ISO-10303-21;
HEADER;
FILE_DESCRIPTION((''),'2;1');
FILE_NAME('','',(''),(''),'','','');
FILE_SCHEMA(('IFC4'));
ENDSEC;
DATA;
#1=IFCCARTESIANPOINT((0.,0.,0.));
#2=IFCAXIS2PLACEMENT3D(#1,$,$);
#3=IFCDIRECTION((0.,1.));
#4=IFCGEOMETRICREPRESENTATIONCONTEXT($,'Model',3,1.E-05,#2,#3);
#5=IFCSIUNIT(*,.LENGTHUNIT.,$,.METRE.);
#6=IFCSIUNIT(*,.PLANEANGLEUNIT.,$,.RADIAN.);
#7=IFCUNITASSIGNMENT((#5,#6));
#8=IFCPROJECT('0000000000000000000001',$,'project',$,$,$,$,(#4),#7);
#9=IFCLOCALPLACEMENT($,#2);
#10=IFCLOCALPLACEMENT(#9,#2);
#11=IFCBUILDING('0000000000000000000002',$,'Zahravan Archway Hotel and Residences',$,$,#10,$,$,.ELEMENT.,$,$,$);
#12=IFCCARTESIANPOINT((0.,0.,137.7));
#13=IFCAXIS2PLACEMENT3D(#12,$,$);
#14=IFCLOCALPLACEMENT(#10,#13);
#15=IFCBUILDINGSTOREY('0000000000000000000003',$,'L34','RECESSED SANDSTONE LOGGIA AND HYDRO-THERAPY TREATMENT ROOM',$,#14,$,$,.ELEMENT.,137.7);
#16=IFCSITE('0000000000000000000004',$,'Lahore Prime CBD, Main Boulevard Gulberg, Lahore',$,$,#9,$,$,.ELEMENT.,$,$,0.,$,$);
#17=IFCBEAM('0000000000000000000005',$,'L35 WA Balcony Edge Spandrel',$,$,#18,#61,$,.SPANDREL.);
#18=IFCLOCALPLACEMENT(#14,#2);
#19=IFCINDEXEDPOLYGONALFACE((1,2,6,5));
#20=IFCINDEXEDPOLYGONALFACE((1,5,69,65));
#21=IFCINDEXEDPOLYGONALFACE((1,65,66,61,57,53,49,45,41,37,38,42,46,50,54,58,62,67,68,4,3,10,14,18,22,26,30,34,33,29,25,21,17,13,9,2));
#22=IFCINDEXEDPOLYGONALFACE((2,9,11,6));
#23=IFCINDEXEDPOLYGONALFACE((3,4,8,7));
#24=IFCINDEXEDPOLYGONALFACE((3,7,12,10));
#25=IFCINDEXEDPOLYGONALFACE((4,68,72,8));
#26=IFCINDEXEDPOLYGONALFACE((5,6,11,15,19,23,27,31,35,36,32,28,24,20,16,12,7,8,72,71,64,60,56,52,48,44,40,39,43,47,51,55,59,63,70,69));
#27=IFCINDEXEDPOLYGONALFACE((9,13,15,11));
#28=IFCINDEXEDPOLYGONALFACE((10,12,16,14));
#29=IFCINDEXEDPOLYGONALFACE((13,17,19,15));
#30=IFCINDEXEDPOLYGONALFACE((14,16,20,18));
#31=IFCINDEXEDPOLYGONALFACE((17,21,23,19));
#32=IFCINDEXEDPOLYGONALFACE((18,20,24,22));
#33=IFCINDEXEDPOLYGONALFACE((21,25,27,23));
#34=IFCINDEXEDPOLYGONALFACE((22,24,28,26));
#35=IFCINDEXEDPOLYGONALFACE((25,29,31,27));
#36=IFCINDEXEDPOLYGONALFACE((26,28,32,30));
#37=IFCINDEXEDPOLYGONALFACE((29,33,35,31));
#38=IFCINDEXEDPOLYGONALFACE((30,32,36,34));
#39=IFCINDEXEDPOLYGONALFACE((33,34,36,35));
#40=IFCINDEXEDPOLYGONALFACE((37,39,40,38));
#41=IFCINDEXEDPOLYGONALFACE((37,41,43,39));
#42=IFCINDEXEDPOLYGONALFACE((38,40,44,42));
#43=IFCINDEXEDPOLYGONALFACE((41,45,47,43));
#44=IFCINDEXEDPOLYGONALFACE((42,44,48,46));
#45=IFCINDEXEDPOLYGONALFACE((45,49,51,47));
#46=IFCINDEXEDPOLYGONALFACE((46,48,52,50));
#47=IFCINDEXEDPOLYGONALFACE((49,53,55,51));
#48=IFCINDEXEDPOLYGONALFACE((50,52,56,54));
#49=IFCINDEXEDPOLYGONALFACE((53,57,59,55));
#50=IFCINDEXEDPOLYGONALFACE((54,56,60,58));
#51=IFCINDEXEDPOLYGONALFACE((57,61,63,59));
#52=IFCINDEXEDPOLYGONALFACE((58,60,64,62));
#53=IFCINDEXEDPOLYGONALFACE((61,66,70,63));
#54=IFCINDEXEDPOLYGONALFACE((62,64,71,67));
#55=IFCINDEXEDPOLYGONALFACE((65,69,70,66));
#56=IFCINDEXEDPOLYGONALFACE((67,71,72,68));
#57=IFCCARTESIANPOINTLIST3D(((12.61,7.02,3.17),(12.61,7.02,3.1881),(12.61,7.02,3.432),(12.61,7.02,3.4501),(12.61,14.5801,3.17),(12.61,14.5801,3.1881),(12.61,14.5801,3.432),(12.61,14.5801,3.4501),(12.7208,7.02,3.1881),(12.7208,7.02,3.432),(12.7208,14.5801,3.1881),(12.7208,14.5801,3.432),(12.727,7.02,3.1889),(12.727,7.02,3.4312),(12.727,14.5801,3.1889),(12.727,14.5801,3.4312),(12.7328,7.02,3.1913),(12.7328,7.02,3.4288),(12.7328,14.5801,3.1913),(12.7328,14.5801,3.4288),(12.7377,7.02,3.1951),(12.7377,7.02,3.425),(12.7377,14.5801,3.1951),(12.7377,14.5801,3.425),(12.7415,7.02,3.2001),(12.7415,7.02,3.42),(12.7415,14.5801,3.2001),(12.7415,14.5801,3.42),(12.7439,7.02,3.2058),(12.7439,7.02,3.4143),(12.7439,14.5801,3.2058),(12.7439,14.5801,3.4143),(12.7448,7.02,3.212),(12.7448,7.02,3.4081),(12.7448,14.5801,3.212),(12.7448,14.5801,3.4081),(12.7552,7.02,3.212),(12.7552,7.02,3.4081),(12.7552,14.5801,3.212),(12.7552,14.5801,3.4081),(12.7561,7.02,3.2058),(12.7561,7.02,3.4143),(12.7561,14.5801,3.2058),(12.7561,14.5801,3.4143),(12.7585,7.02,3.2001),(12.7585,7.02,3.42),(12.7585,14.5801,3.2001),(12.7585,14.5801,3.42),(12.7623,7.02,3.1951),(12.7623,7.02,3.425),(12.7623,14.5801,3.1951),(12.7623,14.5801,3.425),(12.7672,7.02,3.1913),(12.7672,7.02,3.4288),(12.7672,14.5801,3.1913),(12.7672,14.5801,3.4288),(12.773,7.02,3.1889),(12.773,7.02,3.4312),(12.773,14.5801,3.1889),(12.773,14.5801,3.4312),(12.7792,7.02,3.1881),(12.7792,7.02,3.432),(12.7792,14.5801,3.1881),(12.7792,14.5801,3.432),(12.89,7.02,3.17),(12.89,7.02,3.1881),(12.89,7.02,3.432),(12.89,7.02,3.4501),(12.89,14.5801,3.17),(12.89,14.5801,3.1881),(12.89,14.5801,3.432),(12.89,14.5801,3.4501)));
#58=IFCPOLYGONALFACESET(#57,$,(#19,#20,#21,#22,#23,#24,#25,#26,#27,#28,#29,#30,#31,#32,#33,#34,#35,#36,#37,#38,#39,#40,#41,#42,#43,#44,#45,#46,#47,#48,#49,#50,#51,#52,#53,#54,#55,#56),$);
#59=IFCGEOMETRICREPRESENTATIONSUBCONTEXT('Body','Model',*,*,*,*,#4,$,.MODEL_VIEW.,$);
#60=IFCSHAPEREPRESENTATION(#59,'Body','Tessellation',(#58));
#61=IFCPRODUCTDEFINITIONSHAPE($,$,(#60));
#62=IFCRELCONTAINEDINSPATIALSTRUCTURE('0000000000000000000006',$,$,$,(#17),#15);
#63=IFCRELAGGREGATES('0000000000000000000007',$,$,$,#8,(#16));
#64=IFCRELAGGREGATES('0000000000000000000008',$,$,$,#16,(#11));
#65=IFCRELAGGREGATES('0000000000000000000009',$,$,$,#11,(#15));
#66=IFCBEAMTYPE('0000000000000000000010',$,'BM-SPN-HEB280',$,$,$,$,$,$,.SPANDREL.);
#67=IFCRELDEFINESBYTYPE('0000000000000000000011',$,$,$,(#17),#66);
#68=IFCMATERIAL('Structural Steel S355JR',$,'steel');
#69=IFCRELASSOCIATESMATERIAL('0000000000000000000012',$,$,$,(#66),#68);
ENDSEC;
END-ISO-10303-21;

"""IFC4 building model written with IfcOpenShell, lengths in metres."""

from ifc_helpers import new_model, si_unit, direction, frame, origin, origin_2d, place, context, subcontext, project, spatial, i_section, extrude, source, transform, mapped, material, material_profile, profile_set, type_object, type_shapes, element, save


model = new_model("IFC4")

# Units and contexts
model_context = context("Model", 3, precision=1e-05, world=origin(), true_north=direction((0.0, 1.0)))
body_context = subcontext(model_context, "Body", "Model", "MODEL_VIEW")
ifc_project = project(units=[si_unit("LENGTHUNIT", "METRE"), si_unit("PLANEANGLEUNIT", "RADIAN")], contexts=[model_context])

# Site, building, storey
site_placement = place(None, origin())
site = spatial("IfcSite", under=ifc_project, at=site_placement, Name="Lahore Prime CBD, Main Boulevard Gulberg, Lahore", CompositionType="ELEMENT", RefElevation=0.0)
building_placement = place(site_placement, origin())
building = spatial("IfcBuilding", under=site, at=building_placement, Name="Zahravan Archway Hotel and Residences", CompositionType="ELEMENT")
storey_placement = place(building_placement, frame((0.0, 0.0, 137.7)))
storey = spatial("IfcBuildingStorey", under=building, at=storey_placement, Name="L34", Description="RECESSED SANDSTONE LOGGIA AND HYDRO-THERAPY TREATMENT ROOM", CompositionType="ELEMENT", Elevation=137.7)

# Beam
ifc_material_1 = material(Name="Structural Steel S355JR", Category="steel")
ifc_material_profile = material_profile(ifc_material_1, i_section(OverallWidth=0.28, OverallDepth=0.28, WebThickness=0.0105, FlangeThickness=0.0181, FilletRadius=0.0239, at=origin_2d()), Name="HEB 280", Category="steel")
ifc_profile_set = profile_set([ifc_material_profile], Name="Structural Steel S355JR")
beam_type = type_object("IfcBeamType", Name="BM-SPN-HEB280", PredefinedType="SPANDREL", material=ifc_profile_set)
shared_shape_1 = source(origin(), body_context, "Body", "SweptSolid", [
    extrude(i_section(OverallWidth=0.28, OverallDepth=0.28, WebThickness=0.0105, FlangeThickness=0.0181, FilletRadius=0.0239, at=origin_2d()), origin(), (0.0, 0.0, 1.0), 7.5601),
])
type_shapes(beam_type, [shared_shape_1])
beam_placement = place(storey_placement, frame((12.75, 7.02, 3.3101), z_axis=(0.0, 1.0, 0.0), x_axis=(-1.0, 0.0, 0.0)))
element("IfcBeam", 1, at=beam_placement, inside=storey, type_object=beam_type, Name="L35 WA Balcony Edge Spandrel", PredefinedType="SPANDREL", context=body_context, shape_type="MappedRepresentation", body=[
    mapped(shared_shape_1, transform((0.0, 0.0, 0.0), scale=1.0)),
])

save(model, "model.ifc")
